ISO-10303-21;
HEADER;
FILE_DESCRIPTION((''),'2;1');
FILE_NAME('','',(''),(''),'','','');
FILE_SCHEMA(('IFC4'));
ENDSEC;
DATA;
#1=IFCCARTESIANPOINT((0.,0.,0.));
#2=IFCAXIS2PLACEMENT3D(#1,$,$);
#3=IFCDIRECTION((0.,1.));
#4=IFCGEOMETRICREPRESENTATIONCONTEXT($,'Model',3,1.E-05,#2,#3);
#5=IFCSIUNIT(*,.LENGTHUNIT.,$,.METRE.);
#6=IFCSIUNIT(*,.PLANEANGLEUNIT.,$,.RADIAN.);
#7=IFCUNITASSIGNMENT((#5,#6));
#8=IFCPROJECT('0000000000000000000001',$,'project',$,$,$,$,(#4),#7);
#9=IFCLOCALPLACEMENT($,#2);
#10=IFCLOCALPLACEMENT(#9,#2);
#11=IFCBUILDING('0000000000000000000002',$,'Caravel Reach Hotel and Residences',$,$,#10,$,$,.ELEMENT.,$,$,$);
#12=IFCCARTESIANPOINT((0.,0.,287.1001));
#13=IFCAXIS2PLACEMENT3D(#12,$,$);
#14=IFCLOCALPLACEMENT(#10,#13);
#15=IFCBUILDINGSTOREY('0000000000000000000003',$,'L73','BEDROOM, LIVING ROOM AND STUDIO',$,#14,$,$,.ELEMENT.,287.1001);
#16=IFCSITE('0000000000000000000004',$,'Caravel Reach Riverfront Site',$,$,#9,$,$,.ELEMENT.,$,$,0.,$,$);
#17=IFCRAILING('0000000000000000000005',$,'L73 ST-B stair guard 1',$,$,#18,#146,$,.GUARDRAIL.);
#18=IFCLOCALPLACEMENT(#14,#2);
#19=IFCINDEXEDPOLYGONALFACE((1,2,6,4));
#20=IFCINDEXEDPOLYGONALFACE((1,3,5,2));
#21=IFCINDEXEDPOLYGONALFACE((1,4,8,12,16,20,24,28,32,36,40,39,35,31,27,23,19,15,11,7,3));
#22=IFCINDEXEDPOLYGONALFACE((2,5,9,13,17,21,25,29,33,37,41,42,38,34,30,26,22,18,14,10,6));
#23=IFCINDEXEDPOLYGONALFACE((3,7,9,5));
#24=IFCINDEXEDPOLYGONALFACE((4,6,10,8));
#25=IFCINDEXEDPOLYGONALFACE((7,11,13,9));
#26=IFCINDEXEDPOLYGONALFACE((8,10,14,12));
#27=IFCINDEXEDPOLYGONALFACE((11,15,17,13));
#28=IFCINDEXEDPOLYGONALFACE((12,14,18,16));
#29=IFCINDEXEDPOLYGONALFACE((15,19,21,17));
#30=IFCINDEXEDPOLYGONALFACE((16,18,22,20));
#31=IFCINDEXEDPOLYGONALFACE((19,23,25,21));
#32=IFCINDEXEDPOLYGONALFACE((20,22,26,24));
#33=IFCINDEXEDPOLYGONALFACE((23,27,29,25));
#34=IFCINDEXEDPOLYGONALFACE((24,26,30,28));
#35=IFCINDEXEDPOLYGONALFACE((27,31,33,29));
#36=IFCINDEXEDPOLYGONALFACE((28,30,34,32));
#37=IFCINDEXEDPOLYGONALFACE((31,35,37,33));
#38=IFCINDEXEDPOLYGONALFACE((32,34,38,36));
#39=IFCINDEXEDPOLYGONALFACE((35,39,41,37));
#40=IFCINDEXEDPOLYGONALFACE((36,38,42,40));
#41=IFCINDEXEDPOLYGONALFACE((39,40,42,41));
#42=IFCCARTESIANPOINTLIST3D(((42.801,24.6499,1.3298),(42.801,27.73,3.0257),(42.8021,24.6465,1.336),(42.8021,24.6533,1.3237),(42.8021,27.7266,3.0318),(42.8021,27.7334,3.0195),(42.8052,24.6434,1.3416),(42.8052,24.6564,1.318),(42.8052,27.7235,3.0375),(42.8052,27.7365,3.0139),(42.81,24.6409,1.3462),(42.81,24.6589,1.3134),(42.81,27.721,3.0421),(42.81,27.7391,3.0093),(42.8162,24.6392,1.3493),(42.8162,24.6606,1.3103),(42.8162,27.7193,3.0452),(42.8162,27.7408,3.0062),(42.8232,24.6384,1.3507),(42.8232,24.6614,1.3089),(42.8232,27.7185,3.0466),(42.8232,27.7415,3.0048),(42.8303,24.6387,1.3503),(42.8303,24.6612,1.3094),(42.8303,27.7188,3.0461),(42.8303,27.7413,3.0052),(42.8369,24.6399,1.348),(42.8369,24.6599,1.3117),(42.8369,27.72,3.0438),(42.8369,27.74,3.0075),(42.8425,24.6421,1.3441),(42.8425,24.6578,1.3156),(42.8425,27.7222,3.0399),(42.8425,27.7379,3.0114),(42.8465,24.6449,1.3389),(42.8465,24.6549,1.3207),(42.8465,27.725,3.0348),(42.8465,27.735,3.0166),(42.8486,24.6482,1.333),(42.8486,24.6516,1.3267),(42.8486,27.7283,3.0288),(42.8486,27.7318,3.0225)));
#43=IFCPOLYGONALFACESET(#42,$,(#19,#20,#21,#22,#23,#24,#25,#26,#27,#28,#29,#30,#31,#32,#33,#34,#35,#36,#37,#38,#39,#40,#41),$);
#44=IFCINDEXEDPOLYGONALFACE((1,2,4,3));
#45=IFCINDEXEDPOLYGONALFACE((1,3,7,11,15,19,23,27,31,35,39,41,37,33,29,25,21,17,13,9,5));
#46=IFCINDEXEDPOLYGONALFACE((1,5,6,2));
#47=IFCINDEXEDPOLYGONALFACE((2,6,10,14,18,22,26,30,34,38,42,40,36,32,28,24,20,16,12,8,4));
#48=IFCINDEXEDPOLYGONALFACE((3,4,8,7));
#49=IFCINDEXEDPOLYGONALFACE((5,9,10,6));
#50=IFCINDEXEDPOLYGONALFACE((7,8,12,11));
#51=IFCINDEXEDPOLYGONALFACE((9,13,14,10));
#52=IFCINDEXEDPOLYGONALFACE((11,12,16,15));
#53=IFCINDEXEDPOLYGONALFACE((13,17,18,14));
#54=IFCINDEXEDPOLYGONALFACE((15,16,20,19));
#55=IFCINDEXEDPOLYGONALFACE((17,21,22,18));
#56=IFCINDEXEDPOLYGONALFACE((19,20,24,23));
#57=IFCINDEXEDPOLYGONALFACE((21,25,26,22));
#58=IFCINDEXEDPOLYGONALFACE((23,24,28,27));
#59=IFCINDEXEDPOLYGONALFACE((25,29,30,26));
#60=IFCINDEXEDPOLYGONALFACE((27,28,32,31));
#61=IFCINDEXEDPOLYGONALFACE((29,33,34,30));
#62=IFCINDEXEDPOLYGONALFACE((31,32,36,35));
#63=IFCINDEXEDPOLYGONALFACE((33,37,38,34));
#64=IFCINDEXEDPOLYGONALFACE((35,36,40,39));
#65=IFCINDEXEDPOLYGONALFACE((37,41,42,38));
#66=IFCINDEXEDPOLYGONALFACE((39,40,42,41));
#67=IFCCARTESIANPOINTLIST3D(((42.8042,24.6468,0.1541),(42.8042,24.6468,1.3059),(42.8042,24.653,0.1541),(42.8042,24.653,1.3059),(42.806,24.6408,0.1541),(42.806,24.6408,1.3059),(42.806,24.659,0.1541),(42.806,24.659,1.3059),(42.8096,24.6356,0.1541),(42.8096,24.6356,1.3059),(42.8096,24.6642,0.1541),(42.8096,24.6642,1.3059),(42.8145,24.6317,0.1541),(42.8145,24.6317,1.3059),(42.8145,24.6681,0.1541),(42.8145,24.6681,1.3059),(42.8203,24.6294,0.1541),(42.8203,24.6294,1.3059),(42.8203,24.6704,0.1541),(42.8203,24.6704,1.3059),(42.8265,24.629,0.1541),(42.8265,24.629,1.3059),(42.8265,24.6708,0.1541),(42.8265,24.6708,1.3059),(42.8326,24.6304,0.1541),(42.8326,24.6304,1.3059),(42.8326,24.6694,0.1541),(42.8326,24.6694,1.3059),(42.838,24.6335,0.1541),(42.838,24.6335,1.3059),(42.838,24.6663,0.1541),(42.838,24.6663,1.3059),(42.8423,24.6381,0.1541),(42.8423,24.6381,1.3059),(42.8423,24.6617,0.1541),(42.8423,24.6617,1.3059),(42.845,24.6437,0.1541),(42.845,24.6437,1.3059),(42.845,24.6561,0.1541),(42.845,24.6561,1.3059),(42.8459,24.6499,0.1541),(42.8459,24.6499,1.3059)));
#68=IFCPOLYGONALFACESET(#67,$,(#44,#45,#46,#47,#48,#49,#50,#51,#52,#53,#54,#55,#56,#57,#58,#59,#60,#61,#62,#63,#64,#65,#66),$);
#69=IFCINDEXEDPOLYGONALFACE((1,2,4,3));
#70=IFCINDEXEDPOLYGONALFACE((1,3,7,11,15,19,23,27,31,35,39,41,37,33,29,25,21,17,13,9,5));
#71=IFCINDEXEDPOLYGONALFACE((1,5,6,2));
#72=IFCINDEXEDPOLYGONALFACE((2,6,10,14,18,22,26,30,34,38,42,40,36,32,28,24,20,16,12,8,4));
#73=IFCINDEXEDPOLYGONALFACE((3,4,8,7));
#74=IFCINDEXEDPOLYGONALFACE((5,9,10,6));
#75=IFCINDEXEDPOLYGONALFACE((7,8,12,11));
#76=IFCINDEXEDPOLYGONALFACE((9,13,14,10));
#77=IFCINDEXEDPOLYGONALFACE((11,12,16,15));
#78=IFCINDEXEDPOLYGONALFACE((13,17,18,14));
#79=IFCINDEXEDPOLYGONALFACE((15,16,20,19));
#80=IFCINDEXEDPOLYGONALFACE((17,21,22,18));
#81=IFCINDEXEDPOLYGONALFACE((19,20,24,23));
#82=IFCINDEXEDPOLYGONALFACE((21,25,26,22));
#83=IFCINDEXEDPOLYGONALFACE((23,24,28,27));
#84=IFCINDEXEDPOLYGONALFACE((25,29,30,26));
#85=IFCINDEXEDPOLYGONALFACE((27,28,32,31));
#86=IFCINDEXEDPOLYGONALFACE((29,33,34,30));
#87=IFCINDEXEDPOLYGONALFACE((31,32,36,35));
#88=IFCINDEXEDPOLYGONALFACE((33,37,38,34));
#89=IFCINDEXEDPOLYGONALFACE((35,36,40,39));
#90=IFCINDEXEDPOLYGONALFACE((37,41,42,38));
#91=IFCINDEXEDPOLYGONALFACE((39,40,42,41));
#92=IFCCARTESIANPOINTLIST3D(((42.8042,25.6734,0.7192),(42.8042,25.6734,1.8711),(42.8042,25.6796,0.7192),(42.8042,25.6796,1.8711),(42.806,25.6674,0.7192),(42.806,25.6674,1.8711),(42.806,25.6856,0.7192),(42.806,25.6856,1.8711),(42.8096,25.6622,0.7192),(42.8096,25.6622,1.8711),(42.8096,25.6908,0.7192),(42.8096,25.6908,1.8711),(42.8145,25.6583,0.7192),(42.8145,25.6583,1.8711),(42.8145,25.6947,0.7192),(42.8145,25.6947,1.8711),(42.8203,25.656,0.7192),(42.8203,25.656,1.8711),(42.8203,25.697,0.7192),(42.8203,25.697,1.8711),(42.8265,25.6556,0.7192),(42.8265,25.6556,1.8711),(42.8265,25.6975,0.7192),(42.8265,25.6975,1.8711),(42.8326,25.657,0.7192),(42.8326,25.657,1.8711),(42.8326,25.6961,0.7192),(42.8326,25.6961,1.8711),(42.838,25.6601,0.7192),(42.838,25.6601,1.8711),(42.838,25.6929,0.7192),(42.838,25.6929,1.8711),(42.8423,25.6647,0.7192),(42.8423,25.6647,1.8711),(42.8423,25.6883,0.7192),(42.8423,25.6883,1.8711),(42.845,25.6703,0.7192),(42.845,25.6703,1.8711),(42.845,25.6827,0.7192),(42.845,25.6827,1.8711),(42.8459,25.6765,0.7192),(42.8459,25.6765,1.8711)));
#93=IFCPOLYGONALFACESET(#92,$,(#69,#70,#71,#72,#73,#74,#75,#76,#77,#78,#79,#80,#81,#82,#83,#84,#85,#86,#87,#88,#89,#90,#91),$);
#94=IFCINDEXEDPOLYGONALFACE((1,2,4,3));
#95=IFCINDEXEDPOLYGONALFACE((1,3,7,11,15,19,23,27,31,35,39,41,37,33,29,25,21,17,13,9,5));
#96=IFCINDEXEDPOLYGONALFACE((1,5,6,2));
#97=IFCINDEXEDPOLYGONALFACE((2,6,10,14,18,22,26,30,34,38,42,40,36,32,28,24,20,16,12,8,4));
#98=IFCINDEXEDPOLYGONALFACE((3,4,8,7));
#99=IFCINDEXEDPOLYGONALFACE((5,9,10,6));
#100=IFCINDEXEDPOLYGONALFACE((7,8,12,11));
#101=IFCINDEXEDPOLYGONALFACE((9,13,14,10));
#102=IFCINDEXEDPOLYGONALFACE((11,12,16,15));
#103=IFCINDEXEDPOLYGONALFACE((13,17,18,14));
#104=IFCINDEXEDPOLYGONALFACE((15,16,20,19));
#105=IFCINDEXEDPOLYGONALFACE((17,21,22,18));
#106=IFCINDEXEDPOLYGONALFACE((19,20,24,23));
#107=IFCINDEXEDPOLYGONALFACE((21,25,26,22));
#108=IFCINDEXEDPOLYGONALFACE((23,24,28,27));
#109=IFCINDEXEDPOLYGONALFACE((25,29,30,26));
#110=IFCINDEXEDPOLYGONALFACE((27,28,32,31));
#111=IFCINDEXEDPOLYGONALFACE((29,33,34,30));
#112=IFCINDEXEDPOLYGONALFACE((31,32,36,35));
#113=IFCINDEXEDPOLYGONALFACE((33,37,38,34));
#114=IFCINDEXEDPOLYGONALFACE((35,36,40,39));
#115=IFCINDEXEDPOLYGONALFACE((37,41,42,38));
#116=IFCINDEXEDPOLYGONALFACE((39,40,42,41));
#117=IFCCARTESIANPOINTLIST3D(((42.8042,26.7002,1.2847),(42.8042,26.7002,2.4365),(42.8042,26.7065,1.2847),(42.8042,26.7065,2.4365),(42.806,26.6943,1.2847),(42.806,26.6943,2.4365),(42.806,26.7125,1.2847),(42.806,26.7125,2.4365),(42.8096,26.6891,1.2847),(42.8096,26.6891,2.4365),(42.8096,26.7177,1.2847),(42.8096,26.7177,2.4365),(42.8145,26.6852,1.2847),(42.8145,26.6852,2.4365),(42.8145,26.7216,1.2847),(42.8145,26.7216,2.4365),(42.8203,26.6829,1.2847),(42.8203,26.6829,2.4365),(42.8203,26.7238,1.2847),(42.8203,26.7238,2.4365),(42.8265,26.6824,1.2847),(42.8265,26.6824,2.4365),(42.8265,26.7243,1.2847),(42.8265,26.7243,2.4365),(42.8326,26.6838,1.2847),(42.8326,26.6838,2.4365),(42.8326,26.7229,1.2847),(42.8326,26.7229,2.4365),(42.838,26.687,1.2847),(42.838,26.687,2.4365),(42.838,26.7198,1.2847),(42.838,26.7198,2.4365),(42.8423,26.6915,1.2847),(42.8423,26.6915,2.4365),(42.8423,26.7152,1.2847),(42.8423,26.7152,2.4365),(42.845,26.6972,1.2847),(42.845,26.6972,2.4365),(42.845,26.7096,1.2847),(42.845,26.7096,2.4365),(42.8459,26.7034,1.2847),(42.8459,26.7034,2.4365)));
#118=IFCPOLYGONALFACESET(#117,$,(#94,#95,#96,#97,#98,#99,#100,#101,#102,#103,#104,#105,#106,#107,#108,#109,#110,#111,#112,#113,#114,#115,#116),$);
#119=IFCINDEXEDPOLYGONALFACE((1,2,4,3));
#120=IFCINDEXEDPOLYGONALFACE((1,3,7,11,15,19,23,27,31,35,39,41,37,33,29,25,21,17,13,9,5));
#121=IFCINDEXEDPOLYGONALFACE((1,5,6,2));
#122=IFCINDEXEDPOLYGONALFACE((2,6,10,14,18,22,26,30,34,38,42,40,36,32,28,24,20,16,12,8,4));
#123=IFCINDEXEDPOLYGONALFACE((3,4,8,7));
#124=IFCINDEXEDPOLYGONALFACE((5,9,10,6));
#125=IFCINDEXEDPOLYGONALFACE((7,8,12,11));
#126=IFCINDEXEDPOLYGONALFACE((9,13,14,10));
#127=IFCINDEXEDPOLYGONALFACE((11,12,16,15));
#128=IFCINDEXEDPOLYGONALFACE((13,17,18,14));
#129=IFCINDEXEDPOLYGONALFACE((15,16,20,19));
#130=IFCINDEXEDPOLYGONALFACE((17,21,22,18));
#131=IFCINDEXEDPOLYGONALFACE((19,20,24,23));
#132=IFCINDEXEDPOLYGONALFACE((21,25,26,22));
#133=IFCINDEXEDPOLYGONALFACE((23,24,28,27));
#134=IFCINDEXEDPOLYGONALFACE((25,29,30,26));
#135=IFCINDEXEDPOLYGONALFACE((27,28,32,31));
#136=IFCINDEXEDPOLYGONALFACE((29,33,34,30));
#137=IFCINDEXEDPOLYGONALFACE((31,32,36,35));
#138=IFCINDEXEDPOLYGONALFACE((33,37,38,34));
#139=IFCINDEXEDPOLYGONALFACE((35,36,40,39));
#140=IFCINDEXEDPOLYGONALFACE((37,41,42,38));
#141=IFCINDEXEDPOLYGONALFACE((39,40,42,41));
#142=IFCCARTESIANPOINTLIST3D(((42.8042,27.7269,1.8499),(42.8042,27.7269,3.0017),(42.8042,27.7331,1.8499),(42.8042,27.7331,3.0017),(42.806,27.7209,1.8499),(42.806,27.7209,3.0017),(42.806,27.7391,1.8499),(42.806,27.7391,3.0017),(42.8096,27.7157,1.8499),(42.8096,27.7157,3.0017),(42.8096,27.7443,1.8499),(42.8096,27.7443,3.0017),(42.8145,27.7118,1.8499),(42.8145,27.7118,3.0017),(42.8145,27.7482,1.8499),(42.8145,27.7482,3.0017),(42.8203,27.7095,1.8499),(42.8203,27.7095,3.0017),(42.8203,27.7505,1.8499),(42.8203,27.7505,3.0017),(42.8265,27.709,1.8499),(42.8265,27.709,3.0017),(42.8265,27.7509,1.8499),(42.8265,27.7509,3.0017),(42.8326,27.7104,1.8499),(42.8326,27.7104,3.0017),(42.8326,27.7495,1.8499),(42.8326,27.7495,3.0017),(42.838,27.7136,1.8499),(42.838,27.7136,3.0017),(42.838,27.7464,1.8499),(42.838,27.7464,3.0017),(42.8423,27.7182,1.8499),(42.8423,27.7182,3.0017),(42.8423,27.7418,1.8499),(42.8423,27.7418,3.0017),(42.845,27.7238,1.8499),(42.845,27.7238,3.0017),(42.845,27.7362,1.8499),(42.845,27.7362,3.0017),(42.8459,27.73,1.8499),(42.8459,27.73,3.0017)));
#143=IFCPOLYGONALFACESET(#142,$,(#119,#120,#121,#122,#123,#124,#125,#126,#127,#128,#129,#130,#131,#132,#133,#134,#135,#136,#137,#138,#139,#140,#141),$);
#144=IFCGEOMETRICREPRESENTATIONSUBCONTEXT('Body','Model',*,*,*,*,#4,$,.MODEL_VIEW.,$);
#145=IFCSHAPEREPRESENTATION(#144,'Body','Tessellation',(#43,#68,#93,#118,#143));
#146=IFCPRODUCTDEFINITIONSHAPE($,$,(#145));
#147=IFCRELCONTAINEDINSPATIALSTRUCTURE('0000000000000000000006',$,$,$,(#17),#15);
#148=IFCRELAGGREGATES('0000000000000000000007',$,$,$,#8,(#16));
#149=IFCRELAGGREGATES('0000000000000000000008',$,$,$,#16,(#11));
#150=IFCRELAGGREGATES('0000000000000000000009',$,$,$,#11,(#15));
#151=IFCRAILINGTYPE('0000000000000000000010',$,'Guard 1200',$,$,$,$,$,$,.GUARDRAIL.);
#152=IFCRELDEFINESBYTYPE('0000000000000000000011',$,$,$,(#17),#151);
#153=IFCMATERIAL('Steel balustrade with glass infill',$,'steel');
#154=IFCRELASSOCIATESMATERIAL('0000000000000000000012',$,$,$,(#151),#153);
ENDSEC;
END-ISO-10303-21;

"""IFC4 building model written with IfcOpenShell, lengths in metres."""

from ifc_helpers import new_model, si_unit, direction, frame, origin, origin_2d, place, context, subcontext, project, spatial, circle, extrude, material, type_object, element, save


model = new_model("IFC4")

# Units and contexts
model_context = context("Model", 3, precision=1e-05, world=origin(), true_north=direction((0.0, 1.0)))
body_context = subcontext(model_context, "Body", "Model", "MODEL_VIEW")
ifc_project = project(units=[si_unit("LENGTHUNIT", "METRE"), si_unit("PLANEANGLEUNIT", "RADIAN")], contexts=[model_context])

# Site, building, storey
site_placement = place(None, origin())
site = spatial("IfcSite", under=ifc_project, at=site_placement, Name="Caravel Reach Riverfront Site", CompositionType="ELEMENT", RefElevation=0.0)
building_placement = place(site_placement, origin())
building = spatial("IfcBuilding", under=site, at=building_placement, Name="Caravel Reach Hotel and Residences", CompositionType="ELEMENT")
storey_placement = place(building_placement, frame((0.0, 0.0, 287.1001)))
storey = spatial("IfcBuildingStorey", under=building, at=storey_placement, Name="L73", Description="BEDROOM, LIVING ROOM AND STUDIO", CompositionType="ELEMENT", Elevation=287.1001)

# Railing
ifc_material_1 = material(Name="Steel balustrade with glass infill", Category="steel")
railing_type_1 = type_object("IfcRailingType", Name="Guard 1200", PredefinedType="GUARDRAIL", material=ifc_material_1)
railing_1_placement = place(storey_placement, frame((42.825, 24.6499, 0.1541)))
element("IfcRailing", 1, at=railing_1_placement, inside=storey, type_object=railing_type_1, Name="L73 ST-B stair guard 1", PredefinedType="GUARDRAIL", context=body_context, shape_type="SweptSolid", body=[
    extrude(circle(Radius=0.0239, at=origin_2d()), frame((0.0, 0.0, 1.1758), z_axis=(0.0, 0.876005, 0.482303), x_axis=(-1.0, 0.0, 0.0)), (0.0, 0.0, 1.0), 3.5161),
    extrude(circle(Radius=0.021, at=origin_2d()), origin(), (0.0, 0.0, 1.0), 1.1519),
    extrude(circle(Radius=0.021, at=origin_2d()), frame((0.0, 1.0266, 0.5652)), (0.0, 0.0, 1.0), 1.1519),
    extrude(circle(Radius=0.021, at=origin_2d()), frame((0.0, 2.0535, 1.1306)), (0.0, 0.0, 1.0), 1.1519),
    extrude(circle(Radius=0.021, at=origin_2d()), frame((0.0, 3.0801, 1.6958)), (0.0, 0.0, 1.0), 1.1519),
])

save(model, "model.ifc")
